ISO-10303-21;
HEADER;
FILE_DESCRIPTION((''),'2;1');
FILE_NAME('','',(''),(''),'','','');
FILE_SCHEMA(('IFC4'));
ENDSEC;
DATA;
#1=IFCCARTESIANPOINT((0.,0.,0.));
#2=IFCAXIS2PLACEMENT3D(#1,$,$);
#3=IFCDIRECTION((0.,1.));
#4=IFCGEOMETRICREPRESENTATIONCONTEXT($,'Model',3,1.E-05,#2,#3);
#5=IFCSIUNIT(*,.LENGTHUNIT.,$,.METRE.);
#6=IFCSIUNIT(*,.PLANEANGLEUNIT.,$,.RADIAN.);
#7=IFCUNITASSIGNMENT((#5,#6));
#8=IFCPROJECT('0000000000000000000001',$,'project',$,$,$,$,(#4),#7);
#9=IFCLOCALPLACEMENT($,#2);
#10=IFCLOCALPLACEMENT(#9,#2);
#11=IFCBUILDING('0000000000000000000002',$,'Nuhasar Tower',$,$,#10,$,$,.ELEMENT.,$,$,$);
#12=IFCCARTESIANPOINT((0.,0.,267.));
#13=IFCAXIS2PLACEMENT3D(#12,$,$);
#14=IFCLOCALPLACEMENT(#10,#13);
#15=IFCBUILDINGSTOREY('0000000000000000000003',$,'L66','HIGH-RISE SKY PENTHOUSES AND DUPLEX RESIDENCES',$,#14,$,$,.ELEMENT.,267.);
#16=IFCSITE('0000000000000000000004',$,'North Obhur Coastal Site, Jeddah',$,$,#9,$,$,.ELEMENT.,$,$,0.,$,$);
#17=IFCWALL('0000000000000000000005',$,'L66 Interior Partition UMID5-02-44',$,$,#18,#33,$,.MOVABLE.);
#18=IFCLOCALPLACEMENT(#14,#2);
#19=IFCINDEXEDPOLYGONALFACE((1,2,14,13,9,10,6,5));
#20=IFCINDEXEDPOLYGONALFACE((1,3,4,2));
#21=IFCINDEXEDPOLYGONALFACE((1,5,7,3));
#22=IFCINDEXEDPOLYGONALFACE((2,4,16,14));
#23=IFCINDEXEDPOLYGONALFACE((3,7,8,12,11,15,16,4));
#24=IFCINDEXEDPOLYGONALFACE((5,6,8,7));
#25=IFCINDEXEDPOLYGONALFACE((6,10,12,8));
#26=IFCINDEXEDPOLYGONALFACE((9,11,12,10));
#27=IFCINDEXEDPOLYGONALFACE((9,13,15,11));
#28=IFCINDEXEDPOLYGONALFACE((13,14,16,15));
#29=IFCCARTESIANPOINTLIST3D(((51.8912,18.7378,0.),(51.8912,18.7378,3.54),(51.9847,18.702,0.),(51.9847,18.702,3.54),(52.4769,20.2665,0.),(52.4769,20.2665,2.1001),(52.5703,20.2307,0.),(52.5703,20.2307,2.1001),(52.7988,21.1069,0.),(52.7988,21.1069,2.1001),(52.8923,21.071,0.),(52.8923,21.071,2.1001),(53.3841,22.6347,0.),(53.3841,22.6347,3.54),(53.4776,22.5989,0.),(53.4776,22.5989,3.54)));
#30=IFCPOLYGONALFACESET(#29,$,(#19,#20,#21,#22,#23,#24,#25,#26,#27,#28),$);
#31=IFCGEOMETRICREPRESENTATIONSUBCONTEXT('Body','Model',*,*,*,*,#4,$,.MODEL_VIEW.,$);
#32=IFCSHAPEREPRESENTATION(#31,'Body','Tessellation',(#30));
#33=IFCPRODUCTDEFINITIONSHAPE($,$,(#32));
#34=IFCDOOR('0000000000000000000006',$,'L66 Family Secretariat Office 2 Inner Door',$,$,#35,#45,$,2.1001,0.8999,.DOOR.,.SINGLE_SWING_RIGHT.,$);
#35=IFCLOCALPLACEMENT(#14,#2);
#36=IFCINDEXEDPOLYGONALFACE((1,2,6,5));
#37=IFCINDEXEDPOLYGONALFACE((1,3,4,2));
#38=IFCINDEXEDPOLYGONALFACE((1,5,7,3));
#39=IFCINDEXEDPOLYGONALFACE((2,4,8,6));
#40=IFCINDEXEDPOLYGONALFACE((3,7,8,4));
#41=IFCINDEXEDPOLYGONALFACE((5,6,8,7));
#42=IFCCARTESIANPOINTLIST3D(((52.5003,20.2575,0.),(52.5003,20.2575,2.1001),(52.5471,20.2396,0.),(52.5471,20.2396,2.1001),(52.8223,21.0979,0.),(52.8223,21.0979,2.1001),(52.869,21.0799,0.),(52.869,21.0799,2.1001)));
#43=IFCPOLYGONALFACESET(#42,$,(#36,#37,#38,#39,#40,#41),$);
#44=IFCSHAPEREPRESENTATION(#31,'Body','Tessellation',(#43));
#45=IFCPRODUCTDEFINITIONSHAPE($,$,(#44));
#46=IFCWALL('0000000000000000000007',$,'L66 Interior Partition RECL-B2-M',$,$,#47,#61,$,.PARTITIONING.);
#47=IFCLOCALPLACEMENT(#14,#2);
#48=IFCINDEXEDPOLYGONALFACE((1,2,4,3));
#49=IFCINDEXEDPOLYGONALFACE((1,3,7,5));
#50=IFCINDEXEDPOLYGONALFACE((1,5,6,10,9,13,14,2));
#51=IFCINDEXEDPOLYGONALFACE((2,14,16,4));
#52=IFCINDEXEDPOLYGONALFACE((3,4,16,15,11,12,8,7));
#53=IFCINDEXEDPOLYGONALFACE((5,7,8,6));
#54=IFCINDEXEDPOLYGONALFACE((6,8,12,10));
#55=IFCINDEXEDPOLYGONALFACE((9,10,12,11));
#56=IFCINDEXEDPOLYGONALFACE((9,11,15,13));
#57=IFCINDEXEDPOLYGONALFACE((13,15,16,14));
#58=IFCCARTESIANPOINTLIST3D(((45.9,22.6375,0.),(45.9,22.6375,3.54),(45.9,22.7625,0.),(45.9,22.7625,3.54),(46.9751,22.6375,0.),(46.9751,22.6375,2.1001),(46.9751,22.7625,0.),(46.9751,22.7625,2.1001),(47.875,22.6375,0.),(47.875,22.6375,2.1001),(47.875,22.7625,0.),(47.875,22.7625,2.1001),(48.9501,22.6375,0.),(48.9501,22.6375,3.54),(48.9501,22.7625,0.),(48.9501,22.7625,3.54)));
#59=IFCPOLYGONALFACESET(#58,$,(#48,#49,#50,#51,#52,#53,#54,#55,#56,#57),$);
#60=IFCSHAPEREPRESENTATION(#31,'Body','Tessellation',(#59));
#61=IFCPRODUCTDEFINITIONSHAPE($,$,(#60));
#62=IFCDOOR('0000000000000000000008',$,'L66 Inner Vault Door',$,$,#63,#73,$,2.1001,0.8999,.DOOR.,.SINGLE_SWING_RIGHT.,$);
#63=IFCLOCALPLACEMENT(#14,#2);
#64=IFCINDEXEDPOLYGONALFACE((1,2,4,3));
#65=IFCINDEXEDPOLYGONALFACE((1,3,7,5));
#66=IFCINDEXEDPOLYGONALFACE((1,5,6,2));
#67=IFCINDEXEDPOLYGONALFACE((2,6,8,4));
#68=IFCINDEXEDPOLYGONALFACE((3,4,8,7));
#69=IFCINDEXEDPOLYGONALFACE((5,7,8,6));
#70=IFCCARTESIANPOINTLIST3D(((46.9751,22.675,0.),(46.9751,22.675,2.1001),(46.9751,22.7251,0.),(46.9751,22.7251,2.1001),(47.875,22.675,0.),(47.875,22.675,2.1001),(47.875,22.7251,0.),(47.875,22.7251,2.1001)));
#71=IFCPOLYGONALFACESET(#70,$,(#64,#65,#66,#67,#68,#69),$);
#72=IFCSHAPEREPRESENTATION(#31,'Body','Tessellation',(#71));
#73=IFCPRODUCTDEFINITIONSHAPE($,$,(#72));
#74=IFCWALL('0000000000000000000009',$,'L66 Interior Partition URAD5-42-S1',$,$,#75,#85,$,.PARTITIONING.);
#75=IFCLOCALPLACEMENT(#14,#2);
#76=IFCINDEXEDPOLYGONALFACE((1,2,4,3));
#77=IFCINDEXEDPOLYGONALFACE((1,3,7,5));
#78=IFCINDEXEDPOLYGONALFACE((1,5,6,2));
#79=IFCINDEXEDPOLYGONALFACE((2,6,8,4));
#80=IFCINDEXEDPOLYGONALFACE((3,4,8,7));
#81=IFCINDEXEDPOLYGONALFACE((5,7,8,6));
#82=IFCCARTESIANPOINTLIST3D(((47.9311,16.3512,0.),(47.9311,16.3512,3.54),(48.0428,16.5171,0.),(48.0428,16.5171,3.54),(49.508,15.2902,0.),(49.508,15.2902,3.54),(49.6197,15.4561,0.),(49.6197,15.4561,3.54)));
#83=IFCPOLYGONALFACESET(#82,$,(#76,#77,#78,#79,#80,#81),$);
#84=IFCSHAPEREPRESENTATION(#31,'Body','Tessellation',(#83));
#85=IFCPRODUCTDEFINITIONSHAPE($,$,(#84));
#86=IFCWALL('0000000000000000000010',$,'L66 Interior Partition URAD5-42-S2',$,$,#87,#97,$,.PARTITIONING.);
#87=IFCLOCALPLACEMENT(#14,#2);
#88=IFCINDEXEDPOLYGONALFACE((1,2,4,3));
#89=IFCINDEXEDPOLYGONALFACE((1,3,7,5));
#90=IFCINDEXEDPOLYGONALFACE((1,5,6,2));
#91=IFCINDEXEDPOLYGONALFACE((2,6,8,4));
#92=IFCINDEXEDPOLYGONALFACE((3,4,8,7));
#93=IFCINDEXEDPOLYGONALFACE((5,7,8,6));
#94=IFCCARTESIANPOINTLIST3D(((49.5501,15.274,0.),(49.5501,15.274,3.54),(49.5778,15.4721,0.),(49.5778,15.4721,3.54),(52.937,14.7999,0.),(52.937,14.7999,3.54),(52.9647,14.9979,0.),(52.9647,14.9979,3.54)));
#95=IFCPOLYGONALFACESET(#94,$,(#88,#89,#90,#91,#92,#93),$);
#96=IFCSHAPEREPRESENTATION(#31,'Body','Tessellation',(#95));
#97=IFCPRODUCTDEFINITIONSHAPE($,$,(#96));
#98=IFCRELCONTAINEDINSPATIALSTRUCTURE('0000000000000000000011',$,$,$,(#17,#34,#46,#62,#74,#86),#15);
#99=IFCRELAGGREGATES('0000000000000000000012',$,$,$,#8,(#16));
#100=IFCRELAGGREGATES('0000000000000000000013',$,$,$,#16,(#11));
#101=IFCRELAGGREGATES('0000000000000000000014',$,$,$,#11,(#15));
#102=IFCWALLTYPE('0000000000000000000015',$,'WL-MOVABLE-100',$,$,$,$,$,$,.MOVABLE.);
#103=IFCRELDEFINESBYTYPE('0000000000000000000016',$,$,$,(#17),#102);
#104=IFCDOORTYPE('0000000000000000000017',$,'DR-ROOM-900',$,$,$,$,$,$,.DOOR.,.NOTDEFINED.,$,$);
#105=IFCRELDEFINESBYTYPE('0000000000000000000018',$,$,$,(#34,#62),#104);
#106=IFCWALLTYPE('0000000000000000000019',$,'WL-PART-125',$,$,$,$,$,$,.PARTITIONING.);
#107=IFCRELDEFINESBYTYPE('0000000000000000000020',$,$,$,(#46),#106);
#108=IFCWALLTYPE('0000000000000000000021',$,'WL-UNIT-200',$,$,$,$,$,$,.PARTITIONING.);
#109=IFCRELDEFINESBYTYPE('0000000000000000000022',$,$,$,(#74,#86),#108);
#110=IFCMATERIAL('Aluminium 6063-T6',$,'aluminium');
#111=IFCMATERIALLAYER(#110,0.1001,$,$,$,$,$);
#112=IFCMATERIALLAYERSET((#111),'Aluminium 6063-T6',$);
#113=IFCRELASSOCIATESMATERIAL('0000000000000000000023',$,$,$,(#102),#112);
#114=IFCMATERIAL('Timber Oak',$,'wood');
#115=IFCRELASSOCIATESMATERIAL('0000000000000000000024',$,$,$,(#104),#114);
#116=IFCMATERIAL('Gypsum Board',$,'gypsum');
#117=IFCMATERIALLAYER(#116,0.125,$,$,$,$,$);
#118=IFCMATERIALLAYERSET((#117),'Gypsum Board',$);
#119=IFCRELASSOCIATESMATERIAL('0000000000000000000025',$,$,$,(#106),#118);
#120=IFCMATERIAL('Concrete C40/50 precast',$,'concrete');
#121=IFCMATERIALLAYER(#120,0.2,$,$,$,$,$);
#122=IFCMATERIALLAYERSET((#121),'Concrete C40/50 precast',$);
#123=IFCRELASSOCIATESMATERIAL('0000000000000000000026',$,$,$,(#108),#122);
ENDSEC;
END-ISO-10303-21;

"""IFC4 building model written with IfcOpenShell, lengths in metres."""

from ifc_helpers import new_model, si_unit, direction, frame, frame_2d, origin, place, context, subcontext, project, spatial, rectangle, extrude, material, layer, layer_set, type_object, element, fill, save


model = new_model("IFC4")

# Units and contexts
model_context = context("Model", 3, precision=1e-05, world=origin(), true_north=direction((0.0, 1.0)))
body_context = subcontext(model_context, "Body", "Model", "MODEL_VIEW")
ifc_project = project(units=[si_unit("LENGTHUNIT", "METRE"), si_unit("PLANEANGLEUNIT", "RADIAN")], contexts=[model_context])

# Site, building, storey
site_placement = place(None, origin())
site = spatial("IfcSite", under=ifc_project, at=site_placement, Name="North Obhur Coastal Site, Jeddah", CompositionType="ELEMENT", RefElevation=0.0)
building_placement = place(site_placement, origin())
building = spatial("IfcBuilding", under=site, at=building_placement, Name="Nuhasar Tower", CompositionType="ELEMENT")
storey_placement = place(building_placement, frame((0.0, 0.0, 267.0)))
storey = spatial("IfcBuildingStorey", under=building, at=storey_placement, Name="L66", Description="HIGH-RISE SKY PENTHOUSES AND DUPLEX RESIDENCES", CompositionType="ELEMENT", Elevation=267.0)

# Shared definitions
ifc_material_1 = material(Name="Aluminium 6063-T6", Category="aluminium")

# Shared definitions
ifc_material_2 = material(Name="Gypsum Board", Category="gypsum")

# Shared definitions
ifc_material_3 = material(Name="Timber Oak", Category="wood")

# Shared definitions
ifc_layer_1 = layer(ifc_material_1, 0.1001)
ifc_layer_set_1 = layer_set([ifc_layer_1], Name="Aluminium 6063-T6")
wall_type_1 = type_object("IfcWallType", Name="WL-MOVABLE-100", PredefinedType="MOVABLE", material=ifc_layer_set_1)

# Walls, openings, doors
wall_1_placement = place(storey_placement, frame((51.938, 18.72, 0.0), z_axis=(0.0, 0.0, 1.0), x_axis=(0.357744, 0.93382, 0.0)))
wall_1 = element("IfcWall", 1, at=wall_1_placement, inside=storey, type_object=wall_type_1, Name="L66 Interior Partition UMID5-02-44", PredefinedType="MOVABLE", context=body_context, shape_type="SweptSolid", body=[
    extrude(rectangle(XDim=4.1731, YDim=0.1001, at=frame_2d((2.0864, 0.0))), origin(), (0.0, 0.0, 1.0), 3.54),
])
opening_1_placement = place(wall_1_placement, frame((1.637, 0.0, 0.0)))
opening_1 = element("IfcOpeningElement", 2, at=opening_1_placement, cuts=wall_1, PredefinedType="OPENING", context=body_context, shape_type="SweptSolid", body=[
    extrude(rectangle(XDim=0.8999, YDim=2.1001, at=frame_2d((0.45, 1.05))), frame((0.0, 0.0601, 0.0), z_axis=(0.0, -1.0, 0.0), x_axis=(1.0, 0.0, 0.0)), (0.0, 0.0, 1.0), 0.1201),
])
door_type_1 = type_object("IfcDoorType", Name="DR-ROOM-900", OperationType="NOTDEFINED", PredefinedType="DOOR", material=ifc_material_3)
door_1_placement = place(opening_1_placement, origin())
door_1 = element("IfcDoor", 3, at=door_1_placement, inside=storey, type_object=door_type_1, Name="L66 Family Secretariat Office 2 Inner Door", OperationType="SINGLE_SWING_RIGHT", OverallHeight=2.1001, OverallWidth=0.8999, PredefinedType="DOOR", context=body_context, shape_type="SweptSolid", body=[
    extrude(rectangle(XDim=0.8999, YDim=2.1001, at=frame_2d((0.45, 1.05))), frame((0.0, 0.0249, 0.0), z_axis=(0.0, -1.0, 0.0), x_axis=(1.0, 0.0, 0.0)), (0.0, 0.0, 1.0), 0.05),
])
fill(opening_1, door_1)
ifc_layer_2 = layer(ifc_material_2, 0.125)
ifc_layer_set_2 = layer_set([ifc_layer_2], Name="Gypsum Board")
wall_type_2 = type_object("IfcWallType", Name="WL-PART-125", PredefinedType="PARTITIONING", material=ifc_layer_set_2)
wall_2_placement = place(storey_placement, frame((48.95, 22.7, 0.0), z_axis=(0.0, 0.0, 1.0), x_axis=(-1.0, 0.0, 0.0)))
wall_2 = element("IfcWall", 4, at=wall_2_placement, inside=storey, type_object=wall_type_2, Name="L66 Interior Partition RECL-B2-M", PredefinedType="PARTITIONING", context=body_context, shape_type="SweptSolid", body=[
    extrude(rectangle(XDim=3.05, YDim=0.125, at=frame_2d((1.5249, 0.0))), origin(), (0.0, 0.0, 1.0), 3.54),
])
opening_2_placement = place(wall_2_placement, frame((1.075, 0.0, 0.0)))
opening_2 = element("IfcOpeningElement", 5, at=opening_2_placement, cuts=wall_2, PredefinedType="OPENING", context=body_context, shape_type="SweptSolid", body=[
    extrude(rectangle(XDim=0.8999, YDim=2.1001, at=frame_2d((0.45, 1.05))), frame((0.0, 0.0725, 0.0), z_axis=(0.0, -1.0, 0.0), x_axis=(1.0, 0.0, 0.0)), (0.0, 0.0, 1.0), 0.145),
])
door_2_placement = place(opening_2_placement, origin())
door_2 = element("IfcDoor", 6, at=door_2_placement, inside=storey, type_object=door_type_1, Name="L66 Inner Vault Door", OperationType="SINGLE_SWING_RIGHT", OverallHeight=2.1001, OverallWidth=0.8999, PredefinedType="DOOR", context=body_context, shape_type="SweptSolid", body=[
    extrude(rectangle(XDim=0.8999, YDim=2.1001, at=frame_2d((0.45, 1.05))), frame((0.0, 0.0249, 0.0), z_axis=(0.0, -1.0, 0.0), x_axis=(1.0, 0.0, 0.0)), (0.0, 0.0, 1.0), 0.05),
])
fill(opening_2, door_2)

# Walls
ifc_material_4 = material(Name="Concrete C40/50 precast", Category="concrete")
ifc_layer_3 = layer(ifc_material_4, 0.2)
ifc_layer_set_3 = layer_set([ifc_layer_3], Name="Concrete C40/50 precast")
wall_type_3 = type_object("IfcWallType", Name="WL-UNIT-200", PredefinedType="PARTITIONING", material=ifc_layer_set_3)
wall_3_placement = place(storey_placement, frame((47.9871, 16.4341, 0.0), z_axis=(0.0, 0.0, 1.0), x_axis=(0.829671, -0.558252, 0.0)))
element("IfcWall", 7, at=wall_3_placement, inside=storey, type_object=wall_type_3, Name="L66 Interior Partition URAD5-42-S1", PredefinedType="PARTITIONING", context=body_context, shape_type="SweptSolid", body=[
    extrude(rectangle(XDim=1.9006, YDim=0.2, at=frame_2d((0.9502, 0.0))), origin(), (0.0, 0.0, 1.0), 3.54),
])
wall_4_placement = place(storey_placement, frame((49.564, 15.373, 0.0), z_axis=(0.0, 0.0, 1.0), x_axis=(0.990344, -0.138632, 0.0)))
element("IfcWall", 8, at=wall_4_placement, inside=storey, type_object=wall_type_3, Name="L66 Interior Partition URAD5-42-S2", PredefinedType="PARTITIONING", context=body_context, shape_type="SweptSolid", body=[
    extrude(rectangle(XDim=3.4199, YDim=0.2, at=frame_2d((1.71, 0.0))), origin(), (0.0, 0.0, 1.0), 3.54),
])

save(model, "model.ifc")
